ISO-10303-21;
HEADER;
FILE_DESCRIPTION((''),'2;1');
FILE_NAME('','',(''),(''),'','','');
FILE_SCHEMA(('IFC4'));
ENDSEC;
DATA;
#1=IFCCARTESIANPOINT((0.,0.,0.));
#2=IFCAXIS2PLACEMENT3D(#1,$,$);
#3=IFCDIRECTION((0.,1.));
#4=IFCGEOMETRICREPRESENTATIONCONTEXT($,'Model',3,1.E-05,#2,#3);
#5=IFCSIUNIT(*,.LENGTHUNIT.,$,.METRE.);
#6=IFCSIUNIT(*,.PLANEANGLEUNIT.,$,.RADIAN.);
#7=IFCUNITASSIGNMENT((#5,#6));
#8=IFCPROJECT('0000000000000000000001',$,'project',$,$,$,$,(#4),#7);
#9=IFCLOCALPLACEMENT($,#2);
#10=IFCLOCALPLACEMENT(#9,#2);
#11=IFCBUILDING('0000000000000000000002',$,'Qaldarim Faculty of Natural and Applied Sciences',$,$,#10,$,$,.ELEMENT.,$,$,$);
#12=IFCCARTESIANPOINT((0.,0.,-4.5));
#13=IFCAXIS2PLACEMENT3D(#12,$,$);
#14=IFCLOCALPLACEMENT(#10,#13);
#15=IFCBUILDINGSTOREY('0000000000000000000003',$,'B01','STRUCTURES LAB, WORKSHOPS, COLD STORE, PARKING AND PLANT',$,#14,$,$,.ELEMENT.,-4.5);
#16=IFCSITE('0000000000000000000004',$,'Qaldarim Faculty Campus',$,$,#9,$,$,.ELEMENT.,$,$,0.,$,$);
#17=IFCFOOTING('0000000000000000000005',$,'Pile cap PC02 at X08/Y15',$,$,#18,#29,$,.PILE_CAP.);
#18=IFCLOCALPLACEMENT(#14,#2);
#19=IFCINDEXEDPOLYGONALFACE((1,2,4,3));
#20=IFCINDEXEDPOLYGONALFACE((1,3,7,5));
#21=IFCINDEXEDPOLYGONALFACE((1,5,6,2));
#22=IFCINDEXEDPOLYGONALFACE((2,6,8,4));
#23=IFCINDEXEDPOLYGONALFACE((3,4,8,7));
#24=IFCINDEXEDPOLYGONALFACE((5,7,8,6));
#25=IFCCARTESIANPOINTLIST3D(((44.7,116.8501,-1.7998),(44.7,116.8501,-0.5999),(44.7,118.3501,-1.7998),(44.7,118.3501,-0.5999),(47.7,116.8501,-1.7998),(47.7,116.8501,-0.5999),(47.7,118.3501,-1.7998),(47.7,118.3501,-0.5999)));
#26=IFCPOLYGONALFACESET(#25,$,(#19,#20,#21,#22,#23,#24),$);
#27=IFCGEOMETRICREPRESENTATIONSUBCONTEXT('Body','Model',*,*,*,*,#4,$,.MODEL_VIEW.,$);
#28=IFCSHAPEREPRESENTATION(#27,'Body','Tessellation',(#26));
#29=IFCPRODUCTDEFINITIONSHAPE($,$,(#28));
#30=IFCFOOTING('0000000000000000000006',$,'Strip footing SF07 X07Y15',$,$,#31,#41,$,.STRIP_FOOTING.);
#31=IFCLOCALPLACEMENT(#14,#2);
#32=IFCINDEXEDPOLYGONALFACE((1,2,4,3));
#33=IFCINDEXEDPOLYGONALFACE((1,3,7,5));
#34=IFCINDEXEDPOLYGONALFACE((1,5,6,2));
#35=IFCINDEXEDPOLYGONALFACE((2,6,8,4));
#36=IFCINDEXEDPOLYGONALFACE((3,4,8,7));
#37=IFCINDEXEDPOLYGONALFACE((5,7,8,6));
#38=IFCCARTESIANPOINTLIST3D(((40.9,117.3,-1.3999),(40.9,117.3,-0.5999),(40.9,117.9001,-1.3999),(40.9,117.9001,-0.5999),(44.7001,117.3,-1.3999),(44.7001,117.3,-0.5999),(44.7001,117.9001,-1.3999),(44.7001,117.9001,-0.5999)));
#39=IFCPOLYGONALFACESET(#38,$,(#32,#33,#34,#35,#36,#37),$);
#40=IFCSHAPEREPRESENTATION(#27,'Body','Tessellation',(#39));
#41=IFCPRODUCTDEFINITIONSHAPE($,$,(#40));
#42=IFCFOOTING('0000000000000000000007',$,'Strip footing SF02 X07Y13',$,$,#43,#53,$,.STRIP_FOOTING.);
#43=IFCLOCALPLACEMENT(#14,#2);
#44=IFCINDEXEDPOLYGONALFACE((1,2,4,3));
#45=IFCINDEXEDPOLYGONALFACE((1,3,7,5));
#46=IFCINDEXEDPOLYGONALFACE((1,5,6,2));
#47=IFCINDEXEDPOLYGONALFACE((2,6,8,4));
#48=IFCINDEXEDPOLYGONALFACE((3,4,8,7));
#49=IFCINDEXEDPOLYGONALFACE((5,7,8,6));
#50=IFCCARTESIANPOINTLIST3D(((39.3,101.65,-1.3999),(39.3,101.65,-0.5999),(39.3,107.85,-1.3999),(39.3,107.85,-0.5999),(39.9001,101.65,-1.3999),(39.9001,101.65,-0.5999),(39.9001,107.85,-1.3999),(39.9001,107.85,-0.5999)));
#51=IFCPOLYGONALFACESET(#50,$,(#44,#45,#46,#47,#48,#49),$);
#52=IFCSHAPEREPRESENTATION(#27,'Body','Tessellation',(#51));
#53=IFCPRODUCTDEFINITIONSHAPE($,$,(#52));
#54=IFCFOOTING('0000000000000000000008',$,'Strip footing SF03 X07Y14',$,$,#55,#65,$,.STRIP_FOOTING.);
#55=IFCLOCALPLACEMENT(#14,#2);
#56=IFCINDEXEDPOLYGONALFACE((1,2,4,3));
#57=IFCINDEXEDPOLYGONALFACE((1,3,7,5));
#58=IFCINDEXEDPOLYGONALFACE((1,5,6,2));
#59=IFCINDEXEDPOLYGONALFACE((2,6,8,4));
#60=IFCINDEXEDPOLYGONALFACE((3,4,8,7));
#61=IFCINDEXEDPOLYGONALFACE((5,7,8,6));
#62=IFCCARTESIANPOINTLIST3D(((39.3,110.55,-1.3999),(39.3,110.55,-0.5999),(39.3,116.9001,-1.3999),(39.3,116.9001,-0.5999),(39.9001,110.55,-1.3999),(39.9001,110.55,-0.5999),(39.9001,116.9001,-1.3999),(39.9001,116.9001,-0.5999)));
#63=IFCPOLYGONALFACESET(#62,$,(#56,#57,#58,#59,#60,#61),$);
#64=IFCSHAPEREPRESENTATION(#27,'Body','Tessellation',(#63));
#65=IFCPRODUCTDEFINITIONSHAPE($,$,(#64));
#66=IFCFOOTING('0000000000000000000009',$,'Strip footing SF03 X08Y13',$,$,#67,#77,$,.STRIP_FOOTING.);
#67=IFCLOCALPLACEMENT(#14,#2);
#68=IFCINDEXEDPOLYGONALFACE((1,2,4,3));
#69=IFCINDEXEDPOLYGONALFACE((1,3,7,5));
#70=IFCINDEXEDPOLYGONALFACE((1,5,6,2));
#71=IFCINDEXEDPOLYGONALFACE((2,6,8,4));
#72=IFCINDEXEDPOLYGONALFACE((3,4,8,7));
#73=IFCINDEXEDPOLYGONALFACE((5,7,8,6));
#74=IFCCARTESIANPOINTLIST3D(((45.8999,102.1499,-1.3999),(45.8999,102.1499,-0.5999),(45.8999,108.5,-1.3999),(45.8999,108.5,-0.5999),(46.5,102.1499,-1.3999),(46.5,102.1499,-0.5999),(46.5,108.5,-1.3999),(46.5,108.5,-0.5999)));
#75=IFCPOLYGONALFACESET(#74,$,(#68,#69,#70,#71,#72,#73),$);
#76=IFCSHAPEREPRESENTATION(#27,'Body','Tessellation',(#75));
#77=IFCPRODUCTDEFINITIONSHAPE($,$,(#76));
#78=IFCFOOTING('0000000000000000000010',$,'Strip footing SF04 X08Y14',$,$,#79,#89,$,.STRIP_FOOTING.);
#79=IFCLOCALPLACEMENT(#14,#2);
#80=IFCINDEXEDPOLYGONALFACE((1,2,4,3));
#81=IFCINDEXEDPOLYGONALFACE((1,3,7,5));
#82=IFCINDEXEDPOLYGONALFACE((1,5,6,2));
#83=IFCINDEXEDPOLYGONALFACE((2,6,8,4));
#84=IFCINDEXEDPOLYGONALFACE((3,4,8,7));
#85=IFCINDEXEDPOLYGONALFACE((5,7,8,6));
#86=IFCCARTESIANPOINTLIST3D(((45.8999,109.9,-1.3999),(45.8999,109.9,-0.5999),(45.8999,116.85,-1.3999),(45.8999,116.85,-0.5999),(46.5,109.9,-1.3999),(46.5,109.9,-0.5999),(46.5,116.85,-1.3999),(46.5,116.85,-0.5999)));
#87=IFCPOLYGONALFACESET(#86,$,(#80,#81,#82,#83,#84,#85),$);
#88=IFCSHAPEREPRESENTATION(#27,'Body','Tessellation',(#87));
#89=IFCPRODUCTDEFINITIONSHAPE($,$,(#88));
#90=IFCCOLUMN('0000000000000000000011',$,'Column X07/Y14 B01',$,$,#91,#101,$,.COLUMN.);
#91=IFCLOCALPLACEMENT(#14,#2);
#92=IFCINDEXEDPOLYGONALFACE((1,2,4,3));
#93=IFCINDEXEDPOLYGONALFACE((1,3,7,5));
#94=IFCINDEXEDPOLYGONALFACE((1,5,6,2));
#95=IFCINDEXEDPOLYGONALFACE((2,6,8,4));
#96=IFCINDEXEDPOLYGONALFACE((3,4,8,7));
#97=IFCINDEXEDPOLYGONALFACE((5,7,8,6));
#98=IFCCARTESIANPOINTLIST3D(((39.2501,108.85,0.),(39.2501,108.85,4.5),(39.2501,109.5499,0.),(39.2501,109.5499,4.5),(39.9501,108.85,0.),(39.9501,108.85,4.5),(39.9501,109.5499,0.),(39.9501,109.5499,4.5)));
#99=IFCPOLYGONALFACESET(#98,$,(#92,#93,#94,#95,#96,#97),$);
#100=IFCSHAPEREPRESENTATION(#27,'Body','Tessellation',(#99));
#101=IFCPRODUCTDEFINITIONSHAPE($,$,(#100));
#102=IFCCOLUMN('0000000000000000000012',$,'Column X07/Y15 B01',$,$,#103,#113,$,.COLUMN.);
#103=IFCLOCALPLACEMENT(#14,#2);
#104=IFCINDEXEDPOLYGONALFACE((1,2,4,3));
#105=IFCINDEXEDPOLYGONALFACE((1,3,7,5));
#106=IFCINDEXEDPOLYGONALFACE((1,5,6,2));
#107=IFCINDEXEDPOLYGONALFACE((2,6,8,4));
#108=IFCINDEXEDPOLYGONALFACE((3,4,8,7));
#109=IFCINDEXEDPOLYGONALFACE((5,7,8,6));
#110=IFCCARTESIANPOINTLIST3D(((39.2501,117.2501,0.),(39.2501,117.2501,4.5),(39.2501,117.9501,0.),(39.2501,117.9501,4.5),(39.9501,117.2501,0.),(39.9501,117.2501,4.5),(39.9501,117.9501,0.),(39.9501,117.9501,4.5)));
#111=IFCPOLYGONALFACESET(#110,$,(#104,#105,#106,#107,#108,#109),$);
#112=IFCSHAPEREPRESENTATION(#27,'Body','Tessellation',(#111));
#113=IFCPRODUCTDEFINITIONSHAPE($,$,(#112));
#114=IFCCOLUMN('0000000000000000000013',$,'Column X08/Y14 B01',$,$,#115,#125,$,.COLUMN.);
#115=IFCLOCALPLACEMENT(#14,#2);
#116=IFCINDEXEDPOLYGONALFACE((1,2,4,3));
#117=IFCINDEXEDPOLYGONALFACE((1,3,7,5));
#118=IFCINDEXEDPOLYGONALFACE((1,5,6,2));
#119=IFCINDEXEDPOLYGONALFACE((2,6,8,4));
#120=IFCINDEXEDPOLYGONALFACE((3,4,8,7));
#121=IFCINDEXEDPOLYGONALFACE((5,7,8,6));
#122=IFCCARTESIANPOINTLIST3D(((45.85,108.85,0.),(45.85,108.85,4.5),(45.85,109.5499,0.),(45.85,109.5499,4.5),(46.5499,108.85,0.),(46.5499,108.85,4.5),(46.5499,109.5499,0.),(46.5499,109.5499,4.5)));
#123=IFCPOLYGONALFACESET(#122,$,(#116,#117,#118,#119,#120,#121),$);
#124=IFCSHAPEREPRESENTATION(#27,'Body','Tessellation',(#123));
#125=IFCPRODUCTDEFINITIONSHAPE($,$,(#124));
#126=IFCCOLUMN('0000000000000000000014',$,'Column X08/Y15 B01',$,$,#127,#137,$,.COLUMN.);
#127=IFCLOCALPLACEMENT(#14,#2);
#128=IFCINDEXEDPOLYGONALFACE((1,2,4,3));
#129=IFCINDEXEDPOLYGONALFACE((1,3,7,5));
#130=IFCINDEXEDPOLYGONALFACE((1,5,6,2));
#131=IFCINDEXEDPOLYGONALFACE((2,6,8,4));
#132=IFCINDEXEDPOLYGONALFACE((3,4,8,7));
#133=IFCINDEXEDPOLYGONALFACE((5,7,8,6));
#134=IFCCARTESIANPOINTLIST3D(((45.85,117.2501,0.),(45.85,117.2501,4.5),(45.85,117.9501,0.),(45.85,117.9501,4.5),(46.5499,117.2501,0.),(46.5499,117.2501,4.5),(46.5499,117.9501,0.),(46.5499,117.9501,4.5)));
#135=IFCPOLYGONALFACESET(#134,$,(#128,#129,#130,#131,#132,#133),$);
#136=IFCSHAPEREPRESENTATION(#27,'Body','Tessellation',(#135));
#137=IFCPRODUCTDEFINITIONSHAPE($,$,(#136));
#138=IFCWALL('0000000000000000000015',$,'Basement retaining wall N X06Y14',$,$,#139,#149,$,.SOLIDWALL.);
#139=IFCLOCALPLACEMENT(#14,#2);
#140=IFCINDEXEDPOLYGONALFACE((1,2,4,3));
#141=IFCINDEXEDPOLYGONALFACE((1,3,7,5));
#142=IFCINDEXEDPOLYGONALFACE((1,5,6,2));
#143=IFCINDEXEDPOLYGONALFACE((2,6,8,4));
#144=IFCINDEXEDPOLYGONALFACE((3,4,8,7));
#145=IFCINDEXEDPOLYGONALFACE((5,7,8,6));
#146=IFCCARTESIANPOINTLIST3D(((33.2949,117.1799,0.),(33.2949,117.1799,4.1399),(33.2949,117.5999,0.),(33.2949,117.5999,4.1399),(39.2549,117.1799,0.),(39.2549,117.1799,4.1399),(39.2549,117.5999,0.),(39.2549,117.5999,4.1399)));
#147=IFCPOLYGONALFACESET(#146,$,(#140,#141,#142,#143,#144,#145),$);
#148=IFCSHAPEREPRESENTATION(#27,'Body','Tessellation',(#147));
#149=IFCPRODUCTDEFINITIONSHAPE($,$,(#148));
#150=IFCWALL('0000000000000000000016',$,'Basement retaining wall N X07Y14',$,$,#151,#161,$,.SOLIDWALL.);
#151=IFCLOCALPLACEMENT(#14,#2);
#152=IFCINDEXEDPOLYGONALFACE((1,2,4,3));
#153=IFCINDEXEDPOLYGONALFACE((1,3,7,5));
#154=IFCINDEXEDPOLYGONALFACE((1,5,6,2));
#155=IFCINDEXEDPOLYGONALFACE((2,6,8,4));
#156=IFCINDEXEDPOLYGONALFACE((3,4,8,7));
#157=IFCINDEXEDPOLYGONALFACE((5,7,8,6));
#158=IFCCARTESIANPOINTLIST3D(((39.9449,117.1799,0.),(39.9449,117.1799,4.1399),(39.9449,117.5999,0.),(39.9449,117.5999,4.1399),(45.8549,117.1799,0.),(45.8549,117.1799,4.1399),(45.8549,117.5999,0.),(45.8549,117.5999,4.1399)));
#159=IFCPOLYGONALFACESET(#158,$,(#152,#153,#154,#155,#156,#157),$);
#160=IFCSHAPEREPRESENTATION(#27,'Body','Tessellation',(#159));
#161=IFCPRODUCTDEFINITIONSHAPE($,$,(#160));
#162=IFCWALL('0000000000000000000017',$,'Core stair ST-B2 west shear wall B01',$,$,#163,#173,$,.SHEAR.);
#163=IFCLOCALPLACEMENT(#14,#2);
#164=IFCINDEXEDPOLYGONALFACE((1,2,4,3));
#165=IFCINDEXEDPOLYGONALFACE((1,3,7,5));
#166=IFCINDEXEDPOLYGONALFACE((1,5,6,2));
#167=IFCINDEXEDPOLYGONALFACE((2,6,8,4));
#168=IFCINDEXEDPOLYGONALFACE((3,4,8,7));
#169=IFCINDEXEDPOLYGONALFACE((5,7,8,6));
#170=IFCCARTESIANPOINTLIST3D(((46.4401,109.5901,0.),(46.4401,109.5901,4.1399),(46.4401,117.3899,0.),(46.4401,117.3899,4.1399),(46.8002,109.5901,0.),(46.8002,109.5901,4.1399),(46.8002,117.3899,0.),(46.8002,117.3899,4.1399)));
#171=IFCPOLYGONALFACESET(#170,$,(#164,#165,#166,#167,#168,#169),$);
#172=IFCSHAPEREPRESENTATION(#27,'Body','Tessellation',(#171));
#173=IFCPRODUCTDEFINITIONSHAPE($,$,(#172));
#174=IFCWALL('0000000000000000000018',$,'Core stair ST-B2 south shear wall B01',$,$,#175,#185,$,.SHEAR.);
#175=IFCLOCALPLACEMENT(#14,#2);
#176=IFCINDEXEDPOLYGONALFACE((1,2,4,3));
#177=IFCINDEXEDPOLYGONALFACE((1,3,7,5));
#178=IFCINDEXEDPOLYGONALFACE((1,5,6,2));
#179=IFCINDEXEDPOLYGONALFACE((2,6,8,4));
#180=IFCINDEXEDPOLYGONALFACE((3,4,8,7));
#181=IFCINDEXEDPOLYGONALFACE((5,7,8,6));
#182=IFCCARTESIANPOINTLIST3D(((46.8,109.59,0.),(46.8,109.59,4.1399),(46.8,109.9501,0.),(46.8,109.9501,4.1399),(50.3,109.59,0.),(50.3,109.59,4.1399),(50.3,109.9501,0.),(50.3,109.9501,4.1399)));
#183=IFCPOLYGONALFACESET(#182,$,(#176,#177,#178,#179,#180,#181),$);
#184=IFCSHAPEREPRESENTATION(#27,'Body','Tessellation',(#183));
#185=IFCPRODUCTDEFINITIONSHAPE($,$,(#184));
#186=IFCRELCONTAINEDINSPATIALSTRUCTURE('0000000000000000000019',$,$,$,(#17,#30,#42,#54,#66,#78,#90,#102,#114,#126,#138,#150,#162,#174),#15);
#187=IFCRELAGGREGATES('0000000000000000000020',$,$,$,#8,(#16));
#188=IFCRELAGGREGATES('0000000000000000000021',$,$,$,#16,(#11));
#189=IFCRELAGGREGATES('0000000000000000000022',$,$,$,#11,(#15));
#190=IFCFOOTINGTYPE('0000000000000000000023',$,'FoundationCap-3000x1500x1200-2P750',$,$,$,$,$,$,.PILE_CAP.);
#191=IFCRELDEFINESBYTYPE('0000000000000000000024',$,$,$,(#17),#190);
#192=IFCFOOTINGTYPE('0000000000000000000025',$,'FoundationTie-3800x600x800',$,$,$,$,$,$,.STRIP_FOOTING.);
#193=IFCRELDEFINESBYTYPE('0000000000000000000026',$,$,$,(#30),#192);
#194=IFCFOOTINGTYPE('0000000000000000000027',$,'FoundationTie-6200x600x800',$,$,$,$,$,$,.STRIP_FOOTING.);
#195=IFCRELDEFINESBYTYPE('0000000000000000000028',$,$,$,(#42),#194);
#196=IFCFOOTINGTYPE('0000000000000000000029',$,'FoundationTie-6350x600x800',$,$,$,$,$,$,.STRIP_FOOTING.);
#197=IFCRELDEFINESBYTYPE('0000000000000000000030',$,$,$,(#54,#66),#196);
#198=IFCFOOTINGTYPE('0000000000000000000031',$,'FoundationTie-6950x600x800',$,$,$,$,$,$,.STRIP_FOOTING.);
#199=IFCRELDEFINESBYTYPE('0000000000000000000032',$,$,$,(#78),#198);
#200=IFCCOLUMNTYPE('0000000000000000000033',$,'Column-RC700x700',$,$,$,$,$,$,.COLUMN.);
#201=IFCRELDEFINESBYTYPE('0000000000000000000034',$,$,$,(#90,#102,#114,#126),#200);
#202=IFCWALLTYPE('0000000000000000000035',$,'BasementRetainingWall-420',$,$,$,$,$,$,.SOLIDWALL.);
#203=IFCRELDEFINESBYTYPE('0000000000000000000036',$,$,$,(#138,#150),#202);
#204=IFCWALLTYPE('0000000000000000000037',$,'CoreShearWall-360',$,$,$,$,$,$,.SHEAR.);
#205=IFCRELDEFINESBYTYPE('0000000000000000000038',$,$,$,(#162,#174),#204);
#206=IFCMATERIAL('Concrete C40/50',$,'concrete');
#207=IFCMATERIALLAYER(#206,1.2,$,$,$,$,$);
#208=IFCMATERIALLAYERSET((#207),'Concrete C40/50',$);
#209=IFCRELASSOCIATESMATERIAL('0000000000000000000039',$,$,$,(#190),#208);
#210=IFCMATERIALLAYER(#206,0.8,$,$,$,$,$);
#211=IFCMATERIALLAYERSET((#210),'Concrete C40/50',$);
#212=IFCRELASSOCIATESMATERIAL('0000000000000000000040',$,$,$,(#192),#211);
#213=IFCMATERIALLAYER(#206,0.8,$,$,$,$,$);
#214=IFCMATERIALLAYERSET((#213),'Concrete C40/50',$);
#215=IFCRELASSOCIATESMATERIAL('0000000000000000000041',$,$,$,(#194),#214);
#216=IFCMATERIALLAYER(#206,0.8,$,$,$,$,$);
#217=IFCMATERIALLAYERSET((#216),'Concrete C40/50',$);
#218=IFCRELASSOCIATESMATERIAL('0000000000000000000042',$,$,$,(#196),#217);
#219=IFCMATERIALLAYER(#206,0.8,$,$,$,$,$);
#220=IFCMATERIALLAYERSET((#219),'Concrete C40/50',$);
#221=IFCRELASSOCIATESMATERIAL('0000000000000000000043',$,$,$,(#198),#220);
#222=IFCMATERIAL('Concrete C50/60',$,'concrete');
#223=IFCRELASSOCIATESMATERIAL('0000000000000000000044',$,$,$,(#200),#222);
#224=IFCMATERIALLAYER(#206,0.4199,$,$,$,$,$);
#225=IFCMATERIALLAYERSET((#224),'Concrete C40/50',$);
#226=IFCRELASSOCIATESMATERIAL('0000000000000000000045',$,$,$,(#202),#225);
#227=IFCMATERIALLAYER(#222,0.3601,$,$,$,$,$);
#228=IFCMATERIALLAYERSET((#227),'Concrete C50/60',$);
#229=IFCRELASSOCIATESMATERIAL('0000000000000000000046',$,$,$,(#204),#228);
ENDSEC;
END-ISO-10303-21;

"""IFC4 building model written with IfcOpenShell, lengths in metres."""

from ifc_helpers import new_model, si_unit, direction, frame, frame_2d, origin, origin_2d, place, context, subcontext, project, spatial, rectangle, extrude, material, layer, layer_set, material_profile, profile_set, type_object, element, save


model = new_model("IFC4")

# Units and contexts
model_context = context("Model", 3, precision=1e-05, world=origin(), true_north=direction((0.0, 1.0)))
body_context = subcontext(model_context, "Body", "Model", "MODEL_VIEW")
ifc_project = project(units=[si_unit("LENGTHUNIT", "METRE"), si_unit("PLANEANGLEUNIT", "RADIAN")], contexts=[model_context])

# Site, building, storey
site_placement = place(None, origin())
site = spatial("IfcSite", under=ifc_project, at=site_placement, Name="Qaldarim Faculty Campus", CompositionType="ELEMENT", RefElevation=0.0)
building_placement = place(site_placement, origin())
building = spatial("IfcBuilding", under=site, at=building_placement, Name="Qaldarim Faculty of Natural and Applied Sciences", CompositionType="ELEMENT")
storey_placement = place(building_placement, frame((0.0, 0.0, -4.5)))
storey = spatial("IfcBuildingStorey", under=building, at=storey_placement, Name="B01", Description="STRUCTURES LAB, WORKSHOPS, COLD STORE, PARKING AND PLANT", CompositionType="ELEMENT", Elevation=-4.5)

# Shared definitions
ifc_material_1 = material(Name="Concrete C40/50", Category="concrete")

# Footings
ifc_layer_1 = layer(ifc_material_1, 1.2)
ifc_layer_set_1 = layer_set([ifc_layer_1], Name="Concrete C40/50")
footing_type_1 = type_object("IfcFootingType", Name="FoundationCap-3000x1500x1200-2P750", PredefinedType="PILE_CAP", material=ifc_layer_set_1)
footing_1_placement = place(storey_placement, frame((46.2, 117.6001, -1.7998), z_axis=(0.0, 0.0, 1.0), x_axis=(1.0, 0.0, 0.0)))
element("IfcFooting", 1, at=footing_1_placement, inside=storey, type_object=footing_type_1, Name="Pile cap PC02 at X08/Y15", PredefinedType="PILE_CAP", context=body_context, shape_type="SweptSolid", body=[
    extrude(rectangle(XDim=3.0, YDim=1.5, at=origin_2d()), origin(), (0.0, 0.0, 1.0), 1.2),
])
ifc_layer_2 = layer(ifc_material_1, 0.8)
ifc_layer_set_2 = layer_set([ifc_layer_2], Name="Concrete C40/50")
footing_type_2 = type_object("IfcFootingType", Name="FoundationTie-3800x600x800", PredefinedType="STRIP_FOOTING", material=ifc_layer_set_2)
footing_2_placement = place(storey_placement, frame((42.8, 117.6001, -1.3999), z_axis=(0.0, 0.0, 1.0), x_axis=(1.0, 0.0, 0.0)))
element("IfcFooting", 2, at=footing_2_placement, inside=storey, type_object=footing_type_2, Name="Strip footing SF07 X07Y15", PredefinedType="STRIP_FOOTING", context=body_context, shape_type="SweptSolid", body=[
    extrude(rectangle(XDim=3.8, YDim=0.6001, at=origin_2d()), origin(), (0.0, 0.0, 1.0), 0.8),
])
ifc_layer_3 = layer(ifc_material_1, 0.8)
ifc_layer_set_3 = layer_set([ifc_layer_3], Name="Concrete C40/50")
footing_type_3 = type_object("IfcFootingType", Name="FoundationTie-6200x600x800", PredefinedType="STRIP_FOOTING", material=ifc_layer_set_3)
footing_3_placement = place(storey_placement, frame((39.6001, 104.75, -1.3999), z_axis=(0.0, 0.0, 1.0), x_axis=(0.0, 1.0, 0.0)))
element("IfcFooting", 3, at=footing_3_placement, inside=storey, type_object=footing_type_3, Name="Strip footing SF02 X07Y13", PredefinedType="STRIP_FOOTING", context=body_context, shape_type="SweptSolid", body=[
    extrude(rectangle(XDim=6.2, YDim=0.6001, at=origin_2d()), origin(), (0.0, 0.0, 1.0), 0.8),
])
ifc_layer_4 = layer(ifc_material_1, 0.8)
ifc_layer_set_4 = layer_set([ifc_layer_4], Name="Concrete C40/50")
footing_type_4 = type_object("IfcFootingType", Name="FoundationTie-6350x600x800", PredefinedType="STRIP_FOOTING", material=ifc_layer_set_4)
for number, where, z_axis, x_axis, name in (
    (4, (39.6001, 113.7251, -1.3999), (0.0, 0.0, 1.0), (0.0, 1.0, 0.0), "Strip footing SF03 X07Y14"),
    (5, (46.2, 105.325, -1.3999), (0.0, 0.0, 1.0), (0.0, 1.0, 0.0), "Strip footing SF03 X08Y13"),
):
    element("IfcFooting", number, at=place(storey_placement, frame(where, z_axis=z_axis, x_axis=x_axis)), inside=storey, type_object=footing_type_4, Name=name, PredefinedType="STRIP_FOOTING", context=body_context, shape_type="SweptSolid", body=[
        extrude(rectangle(XDim=6.3501, YDim=0.6001, at=origin_2d()), origin(), (0.0, 0.0, 1.0), 0.8),
    ])
ifc_layer_5 = layer(ifc_material_1, 0.8)
ifc_layer_set_5 = layer_set([ifc_layer_5], Name="Concrete C40/50")
footing_type_5 = type_object("IfcFootingType", Name="FoundationTie-6950x600x800", PredefinedType="STRIP_FOOTING", material=ifc_layer_set_5)
footing_4_placement = place(storey_placement, frame((46.2, 113.375, -1.3999), z_axis=(0.0, 0.0, 1.0), x_axis=(0.0, 1.0, 0.0)))
element("IfcFooting", 6, at=footing_4_placement, inside=storey, type_object=footing_type_5, Name="Strip footing SF04 X08Y14", PredefinedType="STRIP_FOOTING", context=body_context, shape_type="SweptSolid", body=[
    extrude(rectangle(XDim=6.95, YDim=0.6001, at=origin_2d()), origin(), (0.0, 0.0, 1.0), 0.8),
])

# Columns
ifc_material_2 = material(Name="Concrete C50/60", Category="concrete")
ifc_material_profile_1 = material_profile(ifc_material_2, rectangle(XDim=0.7, YDim=0.7, at=origin_2d()), Name="RC-C700x700")
ifc_profile_set_1 = profile_set([ifc_material_profile_1], Name="Concrete C50/60")
column_type = type_object("IfcColumnType", Name="Column-RC700x700", PredefinedType="COLUMN", material=ifc_profile_set_1)
for number, where, z_axis, x_axis, name in (
    (7, (39.6001, 109.2, 0.0), (0.0, 0.0, 1.0), (1.0, 0.0, 0.0), "Column X07/Y14 B01"),
    (8, (39.6001, 117.6001, 0.0), (0.0, 0.0, 1.0), (1.0, 0.0, 0.0), "Column X07/Y15 B01"),
    (9, (46.2, 109.2, 0.0), (0.0, 0.0, 1.0), (1.0, 0.0, 0.0), "Column X08/Y14 B01"),
    (10, (46.2, 117.6001, 0.0), (0.0, 0.0, 1.0), (1.0, 0.0, 0.0), "Column X08/Y15 B01"),
):
    element("IfcColumn", number, at=place(storey_placement, frame(where, z_axis=z_axis, x_axis=x_axis)), inside=storey, type_object=column_type, Name=name, PredefinedType="COLUMN", context=body_context, shape_type="SweptSolid", body=[
        extrude(rectangle(XDim=0.7, YDim=0.7, at=origin_2d()), origin(), (0.0, 0.0, 1.0), 4.5),
    ])

# Walls
ifc_layer_6 = layer(ifc_material_1, 0.4199)
ifc_layer_set_6 = layer_set([ifc_layer_6], Name="Concrete C40/50")
wall_type_1 = type_object("IfcWallType", Name="BasementRetainingWall-420", PredefinedType="SOLIDWALL", material=ifc_layer_set_6)
wall_1_placement = place(storey_placement, frame((39.2549, 117.3899, 0.0), z_axis=(0.0, 0.0, 1.0), x_axis=(-1.0, 0.0, 0.0)))
element("IfcWall", 11, at=wall_1_placement, inside=storey, type_object=wall_type_1, Name="Basement retaining wall N X06Y14", PredefinedType="SOLIDWALL", context=body_context, shape_type="SweptSolid", body=[
    extrude(rectangle(XDim=5.96, YDim=0.4199, at=frame_2d((2.98, 0.0))), origin(), (0.0, 0.0, 1.0), 4.1399),
])
wall_2_placement = place(storey_placement, frame((45.855, 117.3899, 0.0), z_axis=(0.0, 0.0, 1.0), x_axis=(-1.0, 0.0, 0.0)))
element("IfcWall", 12, at=wall_2_placement, inside=storey, type_object=wall_type_1, Name="Basement retaining wall N X07Y14", PredefinedType="SOLIDWALL", context=body_context, shape_type="SweptSolid", body=[
    extrude(rectangle(XDim=5.9099, YDim=0.4199, at=frame_2d((2.9551, 0.0))), origin(), (0.0, 0.0, 1.0), 4.1399),
])
ifc_layer_7 = layer(ifc_material_2, 0.3601)
ifc_layer_set_7 = layer_set([ifc_layer_7], Name="Concrete C50/60")
wall_type_2 = type_object("IfcWallType", Name="CoreShearWall-360", PredefinedType="SHEAR", material=ifc_layer_set_7)
wall_3_placement = place(storey_placement, frame((46.6201, 109.5901, 0.0), z_axis=(0.0, 0.0, 1.0), x_axis=(0.0, 1.0, 0.0)))
element("IfcWall", 13, at=wall_3_placement, inside=storey, type_object=wall_type_2, Name="Core stair ST-B2 west shear wall B01", PredefinedType="SHEAR", context=body_context, shape_type="SweptSolid", body=[
    extrude(rectangle(XDim=7.7998, YDim=0.3601, at=frame_2d((3.8999, 0.0))), origin(), (0.0, 0.0, 1.0), 4.1399),
])
wall_4_placement = place(storey_placement, frame((46.8, 109.77, 0.0), z_axis=(0.0, 0.0, 1.0), x_axis=(1.0, 0.0, 0.0)))
element("IfcWall", 14, at=wall_4_placement, inside=storey, type_object=wall_type_2, Name="Core stair ST-B2 south shear wall B01", PredefinedType="SHEAR", context=body_context, shape_type="SweptSolid", body=[
    extrude(rectangle(XDim=3.5, YDim=0.3601, at=frame_2d((1.75, 0.0))), origin(), (0.0, 0.0, 1.0), 4.1399),
])

save(model, "model.ifc")
